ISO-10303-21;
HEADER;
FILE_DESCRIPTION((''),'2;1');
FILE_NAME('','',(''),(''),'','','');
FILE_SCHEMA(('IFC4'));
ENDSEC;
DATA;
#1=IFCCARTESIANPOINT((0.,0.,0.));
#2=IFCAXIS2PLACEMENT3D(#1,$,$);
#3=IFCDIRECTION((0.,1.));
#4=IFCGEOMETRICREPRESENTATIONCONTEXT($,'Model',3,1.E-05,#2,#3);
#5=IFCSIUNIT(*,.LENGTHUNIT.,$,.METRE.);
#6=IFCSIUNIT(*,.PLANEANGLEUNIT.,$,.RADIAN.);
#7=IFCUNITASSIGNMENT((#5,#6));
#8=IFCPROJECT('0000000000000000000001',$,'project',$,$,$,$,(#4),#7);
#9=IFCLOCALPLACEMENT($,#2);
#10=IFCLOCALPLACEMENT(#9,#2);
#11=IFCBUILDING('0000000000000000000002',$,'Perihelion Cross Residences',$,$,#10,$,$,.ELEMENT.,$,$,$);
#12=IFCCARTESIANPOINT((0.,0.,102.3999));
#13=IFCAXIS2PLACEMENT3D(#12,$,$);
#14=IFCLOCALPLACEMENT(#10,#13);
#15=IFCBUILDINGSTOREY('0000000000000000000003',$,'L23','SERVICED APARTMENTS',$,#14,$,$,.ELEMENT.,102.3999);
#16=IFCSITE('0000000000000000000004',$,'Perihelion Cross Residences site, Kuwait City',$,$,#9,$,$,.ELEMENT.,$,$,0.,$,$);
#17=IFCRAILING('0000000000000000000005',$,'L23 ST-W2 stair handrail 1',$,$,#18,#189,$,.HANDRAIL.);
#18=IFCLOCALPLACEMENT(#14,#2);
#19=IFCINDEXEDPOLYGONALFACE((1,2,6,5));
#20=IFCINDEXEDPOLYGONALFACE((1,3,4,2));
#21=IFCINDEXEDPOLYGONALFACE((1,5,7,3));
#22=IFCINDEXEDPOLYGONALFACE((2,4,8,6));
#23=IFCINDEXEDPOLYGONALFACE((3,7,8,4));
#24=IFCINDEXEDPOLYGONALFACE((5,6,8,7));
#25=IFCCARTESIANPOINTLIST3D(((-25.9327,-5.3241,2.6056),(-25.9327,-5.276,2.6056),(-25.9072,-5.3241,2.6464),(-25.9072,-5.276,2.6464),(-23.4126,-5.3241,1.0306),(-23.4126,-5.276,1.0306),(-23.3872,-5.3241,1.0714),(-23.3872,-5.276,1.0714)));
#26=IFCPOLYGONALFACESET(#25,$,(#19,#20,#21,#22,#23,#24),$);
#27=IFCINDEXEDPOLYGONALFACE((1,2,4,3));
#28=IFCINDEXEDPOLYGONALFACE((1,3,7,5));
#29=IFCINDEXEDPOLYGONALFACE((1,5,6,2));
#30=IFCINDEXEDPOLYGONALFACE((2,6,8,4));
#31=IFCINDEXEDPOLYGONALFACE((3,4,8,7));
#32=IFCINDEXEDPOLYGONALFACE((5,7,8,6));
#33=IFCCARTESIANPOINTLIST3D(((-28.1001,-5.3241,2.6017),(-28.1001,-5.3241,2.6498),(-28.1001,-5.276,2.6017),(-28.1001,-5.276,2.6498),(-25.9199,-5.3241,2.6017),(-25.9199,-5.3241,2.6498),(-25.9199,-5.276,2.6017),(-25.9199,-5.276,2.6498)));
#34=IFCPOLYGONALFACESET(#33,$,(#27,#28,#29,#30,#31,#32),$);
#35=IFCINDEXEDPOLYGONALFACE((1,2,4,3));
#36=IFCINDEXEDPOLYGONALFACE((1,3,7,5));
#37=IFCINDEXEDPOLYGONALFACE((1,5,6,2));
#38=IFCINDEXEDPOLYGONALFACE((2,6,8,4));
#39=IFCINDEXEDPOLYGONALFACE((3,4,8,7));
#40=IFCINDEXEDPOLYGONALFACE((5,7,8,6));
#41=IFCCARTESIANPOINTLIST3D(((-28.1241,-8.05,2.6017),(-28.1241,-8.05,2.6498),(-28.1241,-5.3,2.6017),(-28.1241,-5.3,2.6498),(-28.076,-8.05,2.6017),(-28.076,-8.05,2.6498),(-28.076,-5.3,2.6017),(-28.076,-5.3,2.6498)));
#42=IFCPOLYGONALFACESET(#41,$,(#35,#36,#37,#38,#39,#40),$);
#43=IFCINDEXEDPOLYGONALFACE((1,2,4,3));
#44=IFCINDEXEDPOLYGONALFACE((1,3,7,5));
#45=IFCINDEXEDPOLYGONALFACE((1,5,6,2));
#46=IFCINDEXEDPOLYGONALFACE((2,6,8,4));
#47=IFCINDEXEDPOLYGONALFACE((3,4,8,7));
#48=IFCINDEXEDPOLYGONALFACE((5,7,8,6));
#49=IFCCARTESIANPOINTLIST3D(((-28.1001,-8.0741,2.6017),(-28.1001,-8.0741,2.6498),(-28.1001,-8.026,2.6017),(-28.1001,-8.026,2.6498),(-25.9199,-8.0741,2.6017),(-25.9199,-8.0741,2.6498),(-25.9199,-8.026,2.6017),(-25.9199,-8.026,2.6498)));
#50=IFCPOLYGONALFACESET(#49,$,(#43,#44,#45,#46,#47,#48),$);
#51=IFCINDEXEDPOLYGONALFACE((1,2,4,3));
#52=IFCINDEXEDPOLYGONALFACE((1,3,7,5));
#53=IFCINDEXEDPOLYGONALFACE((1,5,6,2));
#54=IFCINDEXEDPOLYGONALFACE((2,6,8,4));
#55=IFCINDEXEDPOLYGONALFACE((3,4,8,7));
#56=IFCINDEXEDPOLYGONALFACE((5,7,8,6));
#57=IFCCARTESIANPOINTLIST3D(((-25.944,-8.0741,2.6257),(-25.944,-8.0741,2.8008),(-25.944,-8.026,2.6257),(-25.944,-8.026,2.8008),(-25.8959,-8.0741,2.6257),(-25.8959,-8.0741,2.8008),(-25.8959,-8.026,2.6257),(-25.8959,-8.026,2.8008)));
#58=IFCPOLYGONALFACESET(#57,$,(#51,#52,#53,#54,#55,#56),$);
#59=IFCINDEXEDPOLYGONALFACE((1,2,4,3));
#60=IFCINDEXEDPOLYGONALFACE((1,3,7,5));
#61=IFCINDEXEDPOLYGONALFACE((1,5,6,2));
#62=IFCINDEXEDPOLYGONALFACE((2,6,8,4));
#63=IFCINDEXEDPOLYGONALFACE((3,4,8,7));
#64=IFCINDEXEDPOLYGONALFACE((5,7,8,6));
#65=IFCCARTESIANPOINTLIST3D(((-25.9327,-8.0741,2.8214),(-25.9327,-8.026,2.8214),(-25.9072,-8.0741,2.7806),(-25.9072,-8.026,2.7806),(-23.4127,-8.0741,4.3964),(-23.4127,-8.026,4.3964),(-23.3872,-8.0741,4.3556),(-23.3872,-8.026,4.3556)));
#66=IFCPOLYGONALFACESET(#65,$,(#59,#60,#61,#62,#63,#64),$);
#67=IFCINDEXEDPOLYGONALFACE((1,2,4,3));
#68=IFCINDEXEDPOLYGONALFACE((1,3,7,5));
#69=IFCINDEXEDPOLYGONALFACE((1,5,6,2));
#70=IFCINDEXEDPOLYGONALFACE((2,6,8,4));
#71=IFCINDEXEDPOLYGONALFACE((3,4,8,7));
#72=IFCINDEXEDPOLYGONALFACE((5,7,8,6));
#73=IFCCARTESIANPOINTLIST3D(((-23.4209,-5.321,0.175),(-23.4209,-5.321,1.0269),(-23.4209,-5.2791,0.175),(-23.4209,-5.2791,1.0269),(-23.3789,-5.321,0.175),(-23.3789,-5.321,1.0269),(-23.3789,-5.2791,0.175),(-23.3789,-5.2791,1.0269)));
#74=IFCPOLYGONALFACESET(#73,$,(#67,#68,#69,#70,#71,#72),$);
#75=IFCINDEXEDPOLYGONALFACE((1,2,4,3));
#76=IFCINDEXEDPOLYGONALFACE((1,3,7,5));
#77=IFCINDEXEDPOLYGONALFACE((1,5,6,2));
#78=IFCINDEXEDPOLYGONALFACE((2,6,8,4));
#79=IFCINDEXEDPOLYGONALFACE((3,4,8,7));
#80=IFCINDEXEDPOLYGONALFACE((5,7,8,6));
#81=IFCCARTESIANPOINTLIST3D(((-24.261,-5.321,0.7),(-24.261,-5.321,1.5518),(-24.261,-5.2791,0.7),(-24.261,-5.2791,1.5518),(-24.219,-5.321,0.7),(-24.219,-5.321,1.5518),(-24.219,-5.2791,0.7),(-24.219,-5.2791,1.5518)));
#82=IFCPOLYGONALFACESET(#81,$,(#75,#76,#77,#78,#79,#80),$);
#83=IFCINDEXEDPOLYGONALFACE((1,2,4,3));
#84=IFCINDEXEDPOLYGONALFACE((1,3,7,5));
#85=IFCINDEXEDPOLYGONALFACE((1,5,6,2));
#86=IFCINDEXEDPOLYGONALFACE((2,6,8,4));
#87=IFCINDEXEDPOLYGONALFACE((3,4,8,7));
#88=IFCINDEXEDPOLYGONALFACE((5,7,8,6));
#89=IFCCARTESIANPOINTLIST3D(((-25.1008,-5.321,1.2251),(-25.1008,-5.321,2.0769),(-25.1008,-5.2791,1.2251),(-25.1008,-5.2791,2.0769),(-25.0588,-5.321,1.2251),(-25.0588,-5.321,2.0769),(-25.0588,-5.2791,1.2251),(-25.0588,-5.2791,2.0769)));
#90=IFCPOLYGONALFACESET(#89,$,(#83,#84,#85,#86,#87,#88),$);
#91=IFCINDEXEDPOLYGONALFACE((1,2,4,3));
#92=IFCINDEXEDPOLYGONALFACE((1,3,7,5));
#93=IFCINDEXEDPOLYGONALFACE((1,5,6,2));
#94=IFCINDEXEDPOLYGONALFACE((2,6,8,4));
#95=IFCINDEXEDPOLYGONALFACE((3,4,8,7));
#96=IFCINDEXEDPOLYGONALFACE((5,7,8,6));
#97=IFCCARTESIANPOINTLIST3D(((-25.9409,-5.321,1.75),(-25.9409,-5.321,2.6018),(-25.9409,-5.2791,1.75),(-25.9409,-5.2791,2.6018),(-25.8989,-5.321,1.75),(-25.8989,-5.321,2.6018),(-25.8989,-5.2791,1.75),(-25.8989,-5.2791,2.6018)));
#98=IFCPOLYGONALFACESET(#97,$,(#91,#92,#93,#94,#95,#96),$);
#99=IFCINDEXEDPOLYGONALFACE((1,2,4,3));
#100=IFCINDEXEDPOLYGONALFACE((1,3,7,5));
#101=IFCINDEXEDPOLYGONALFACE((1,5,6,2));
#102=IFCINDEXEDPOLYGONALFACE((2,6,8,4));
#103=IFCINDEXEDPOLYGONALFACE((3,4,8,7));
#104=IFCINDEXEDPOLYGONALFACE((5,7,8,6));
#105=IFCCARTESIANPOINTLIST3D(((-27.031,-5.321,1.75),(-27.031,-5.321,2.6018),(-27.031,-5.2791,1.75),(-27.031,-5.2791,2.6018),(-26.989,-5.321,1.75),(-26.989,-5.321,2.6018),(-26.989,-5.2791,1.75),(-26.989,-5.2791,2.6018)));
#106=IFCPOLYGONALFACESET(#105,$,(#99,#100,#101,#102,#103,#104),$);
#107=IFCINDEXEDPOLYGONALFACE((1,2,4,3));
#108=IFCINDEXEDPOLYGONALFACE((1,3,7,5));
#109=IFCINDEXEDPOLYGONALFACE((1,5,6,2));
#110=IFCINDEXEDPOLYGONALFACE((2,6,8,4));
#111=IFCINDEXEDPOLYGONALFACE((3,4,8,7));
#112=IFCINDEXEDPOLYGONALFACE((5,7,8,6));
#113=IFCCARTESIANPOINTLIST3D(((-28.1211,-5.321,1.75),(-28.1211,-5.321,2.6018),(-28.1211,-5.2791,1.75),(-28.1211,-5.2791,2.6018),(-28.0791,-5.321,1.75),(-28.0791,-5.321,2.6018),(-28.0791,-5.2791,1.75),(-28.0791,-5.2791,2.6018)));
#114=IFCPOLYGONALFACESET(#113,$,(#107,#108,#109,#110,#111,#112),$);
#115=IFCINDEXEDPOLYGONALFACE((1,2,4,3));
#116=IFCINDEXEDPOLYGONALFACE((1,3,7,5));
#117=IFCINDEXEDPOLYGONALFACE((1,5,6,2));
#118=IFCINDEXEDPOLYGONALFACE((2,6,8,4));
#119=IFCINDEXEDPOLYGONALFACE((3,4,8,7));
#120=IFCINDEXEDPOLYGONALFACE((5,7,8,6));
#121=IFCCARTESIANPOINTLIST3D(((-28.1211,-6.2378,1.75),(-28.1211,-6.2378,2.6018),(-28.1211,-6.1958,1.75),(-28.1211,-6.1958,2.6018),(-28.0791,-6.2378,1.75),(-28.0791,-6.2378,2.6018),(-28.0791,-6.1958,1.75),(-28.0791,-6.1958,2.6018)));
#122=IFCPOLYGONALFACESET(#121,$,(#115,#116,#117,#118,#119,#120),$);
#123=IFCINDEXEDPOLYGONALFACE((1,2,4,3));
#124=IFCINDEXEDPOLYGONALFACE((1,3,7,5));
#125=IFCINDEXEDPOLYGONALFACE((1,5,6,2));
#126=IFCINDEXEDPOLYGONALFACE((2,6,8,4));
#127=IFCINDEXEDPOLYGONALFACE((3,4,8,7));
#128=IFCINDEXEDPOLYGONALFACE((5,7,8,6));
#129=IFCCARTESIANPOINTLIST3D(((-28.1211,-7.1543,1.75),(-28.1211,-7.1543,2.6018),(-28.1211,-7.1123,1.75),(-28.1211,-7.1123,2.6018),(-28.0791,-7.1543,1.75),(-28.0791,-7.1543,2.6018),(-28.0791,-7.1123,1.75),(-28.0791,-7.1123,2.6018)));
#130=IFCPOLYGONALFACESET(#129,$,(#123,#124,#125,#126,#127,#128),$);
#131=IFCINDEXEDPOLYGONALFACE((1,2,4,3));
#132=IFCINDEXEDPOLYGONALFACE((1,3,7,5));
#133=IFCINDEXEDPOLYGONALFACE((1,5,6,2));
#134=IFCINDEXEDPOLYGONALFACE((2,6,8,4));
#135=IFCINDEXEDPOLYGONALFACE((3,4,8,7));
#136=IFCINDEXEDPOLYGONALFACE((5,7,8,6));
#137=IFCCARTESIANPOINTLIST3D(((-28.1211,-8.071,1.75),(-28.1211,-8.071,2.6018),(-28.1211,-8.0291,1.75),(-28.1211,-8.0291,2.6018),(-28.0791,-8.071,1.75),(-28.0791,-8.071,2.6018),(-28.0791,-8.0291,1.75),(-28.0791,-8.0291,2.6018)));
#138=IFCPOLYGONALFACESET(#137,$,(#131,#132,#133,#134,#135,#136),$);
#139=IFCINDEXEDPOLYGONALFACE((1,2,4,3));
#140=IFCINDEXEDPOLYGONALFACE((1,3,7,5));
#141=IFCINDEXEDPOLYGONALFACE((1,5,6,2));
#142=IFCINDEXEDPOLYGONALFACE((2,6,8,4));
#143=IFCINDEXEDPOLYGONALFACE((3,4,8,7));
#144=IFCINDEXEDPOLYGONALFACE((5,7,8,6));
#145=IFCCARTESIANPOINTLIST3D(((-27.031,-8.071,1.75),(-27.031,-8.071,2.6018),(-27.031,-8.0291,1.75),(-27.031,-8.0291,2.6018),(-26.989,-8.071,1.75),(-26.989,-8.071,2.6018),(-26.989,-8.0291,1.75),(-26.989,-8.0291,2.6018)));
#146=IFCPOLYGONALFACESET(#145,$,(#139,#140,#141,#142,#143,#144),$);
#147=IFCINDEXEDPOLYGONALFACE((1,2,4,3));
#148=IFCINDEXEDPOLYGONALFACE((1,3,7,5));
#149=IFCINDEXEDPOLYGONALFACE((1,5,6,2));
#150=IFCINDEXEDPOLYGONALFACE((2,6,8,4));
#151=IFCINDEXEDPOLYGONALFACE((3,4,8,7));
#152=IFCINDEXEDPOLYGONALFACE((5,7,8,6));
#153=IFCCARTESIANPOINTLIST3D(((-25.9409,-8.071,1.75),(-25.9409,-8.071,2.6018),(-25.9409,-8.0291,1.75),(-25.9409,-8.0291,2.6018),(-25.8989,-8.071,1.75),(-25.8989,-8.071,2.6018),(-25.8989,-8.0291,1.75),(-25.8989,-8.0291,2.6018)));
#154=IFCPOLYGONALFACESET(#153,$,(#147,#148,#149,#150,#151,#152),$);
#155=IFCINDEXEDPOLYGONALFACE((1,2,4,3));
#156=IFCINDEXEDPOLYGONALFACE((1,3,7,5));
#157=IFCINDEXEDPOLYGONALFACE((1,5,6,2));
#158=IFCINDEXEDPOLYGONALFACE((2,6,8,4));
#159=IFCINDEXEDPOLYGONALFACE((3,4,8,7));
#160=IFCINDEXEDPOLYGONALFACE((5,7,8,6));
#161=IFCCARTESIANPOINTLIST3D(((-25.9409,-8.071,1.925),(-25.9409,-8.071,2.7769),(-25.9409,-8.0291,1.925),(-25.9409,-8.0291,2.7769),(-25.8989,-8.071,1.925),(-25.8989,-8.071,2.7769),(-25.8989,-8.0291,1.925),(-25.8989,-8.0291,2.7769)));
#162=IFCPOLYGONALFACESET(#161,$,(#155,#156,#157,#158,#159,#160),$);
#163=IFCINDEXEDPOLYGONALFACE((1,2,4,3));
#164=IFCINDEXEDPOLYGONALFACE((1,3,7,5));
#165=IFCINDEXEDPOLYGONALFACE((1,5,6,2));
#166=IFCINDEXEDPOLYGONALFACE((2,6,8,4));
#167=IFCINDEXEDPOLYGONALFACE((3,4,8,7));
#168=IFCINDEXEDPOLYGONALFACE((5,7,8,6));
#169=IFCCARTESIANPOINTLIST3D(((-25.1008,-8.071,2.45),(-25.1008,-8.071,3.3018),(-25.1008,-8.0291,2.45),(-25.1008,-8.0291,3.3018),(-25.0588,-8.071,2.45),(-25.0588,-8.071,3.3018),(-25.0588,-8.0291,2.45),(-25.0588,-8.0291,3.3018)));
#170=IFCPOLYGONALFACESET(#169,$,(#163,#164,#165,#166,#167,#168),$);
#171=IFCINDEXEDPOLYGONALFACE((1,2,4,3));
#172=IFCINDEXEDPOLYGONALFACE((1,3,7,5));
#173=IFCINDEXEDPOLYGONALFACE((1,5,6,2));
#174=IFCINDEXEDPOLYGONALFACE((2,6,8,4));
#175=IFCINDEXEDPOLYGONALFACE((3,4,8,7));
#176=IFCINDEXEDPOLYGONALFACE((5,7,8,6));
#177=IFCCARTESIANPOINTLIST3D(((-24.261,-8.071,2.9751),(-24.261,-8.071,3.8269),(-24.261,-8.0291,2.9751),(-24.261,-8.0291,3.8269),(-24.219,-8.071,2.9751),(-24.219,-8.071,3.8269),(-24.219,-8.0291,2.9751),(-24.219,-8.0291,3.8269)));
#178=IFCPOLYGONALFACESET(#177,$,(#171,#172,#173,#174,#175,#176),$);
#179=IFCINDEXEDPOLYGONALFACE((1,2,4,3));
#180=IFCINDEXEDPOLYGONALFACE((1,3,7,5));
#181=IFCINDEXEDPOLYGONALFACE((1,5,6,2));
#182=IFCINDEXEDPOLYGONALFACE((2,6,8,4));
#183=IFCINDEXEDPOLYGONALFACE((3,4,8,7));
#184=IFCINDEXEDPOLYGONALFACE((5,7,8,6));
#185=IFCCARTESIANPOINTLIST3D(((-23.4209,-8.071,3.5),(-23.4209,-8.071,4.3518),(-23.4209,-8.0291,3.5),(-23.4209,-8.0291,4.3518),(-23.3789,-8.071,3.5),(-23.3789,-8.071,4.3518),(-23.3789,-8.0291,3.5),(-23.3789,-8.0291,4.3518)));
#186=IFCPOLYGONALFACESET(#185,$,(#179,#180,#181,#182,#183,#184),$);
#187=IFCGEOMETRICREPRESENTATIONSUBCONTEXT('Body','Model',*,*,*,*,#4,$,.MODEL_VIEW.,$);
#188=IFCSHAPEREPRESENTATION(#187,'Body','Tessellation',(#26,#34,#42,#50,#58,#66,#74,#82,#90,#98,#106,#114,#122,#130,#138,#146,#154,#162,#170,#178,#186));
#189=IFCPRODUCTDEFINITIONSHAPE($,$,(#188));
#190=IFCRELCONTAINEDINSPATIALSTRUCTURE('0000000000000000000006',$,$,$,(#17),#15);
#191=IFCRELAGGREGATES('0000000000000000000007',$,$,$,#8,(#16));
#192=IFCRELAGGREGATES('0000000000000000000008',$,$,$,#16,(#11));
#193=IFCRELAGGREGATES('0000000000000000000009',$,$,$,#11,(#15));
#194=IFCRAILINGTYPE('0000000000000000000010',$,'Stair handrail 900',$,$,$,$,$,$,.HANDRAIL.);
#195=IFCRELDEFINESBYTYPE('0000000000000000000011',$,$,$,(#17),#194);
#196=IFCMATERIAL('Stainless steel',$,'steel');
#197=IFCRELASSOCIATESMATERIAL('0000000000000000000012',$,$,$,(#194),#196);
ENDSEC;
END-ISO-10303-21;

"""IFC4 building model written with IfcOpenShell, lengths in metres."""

from ifc_helpers import new_model, si_unit, direction, frame, origin, origin_2d, place, context, subcontext, project, spatial, rectangle, extrude, material, type_object, element, save


model = new_model("IFC4")

# Units and contexts
model_context = context("Model", 3, precision=1e-05, world=origin(), true_north=direction((0.0, 1.0)))
body_context = subcontext(model_context, "Body", "Model", "MODEL_VIEW")
ifc_project = project(units=[si_unit("LENGTHUNIT", "METRE"), si_unit("PLANEANGLEUNIT", "RADIAN")], contexts=[model_context])

# Site, building, storey
site_placement = place(None, origin())
site = spatial("IfcSite", under=ifc_project, at=site_placement, Name="Perihelion Cross Residences site, Kuwait City", CompositionType="ELEMENT", RefElevation=0.0)
building_placement = place(site_placement, origin())
building = spatial("IfcBuilding", under=site, at=building_placement, Name="Perihelion Cross Residences", CompositionType="ELEMENT")
storey_placement = place(building_placement, frame((0.0, 0.0, 102.3999)))
storey = spatial("IfcBuildingStorey", under=building, at=storey_placement, Name="L23", Description="SERVICED APARTMENTS", CompositionType="ELEMENT", Elevation=102.3999)

# Railing
ifc_material_1 = material(Name="Stainless steel", Category="steel")
railing_type_1 = type_object("IfcRailingType", Name="Stair handrail 900", PredefinedType="HANDRAIL", material=ifc_material_1)
railing_1_placement = place(storey_placement, frame((-23.3999, -5.3, 0.175)))
element("IfcRailing", 1, at=railing_1_placement, inside=storey, type_object=railing_type_1, Name="L23 ST-W2 stair handrail 1", PredefinedType="HANDRAIL", context=body_context, shape_type="SweptSolid", body=[
    extrude(rectangle(XDim=0.0481, YDim=0.0481, at=origin_2d()), frame((0.0, 0.0, 0.876), z_axis=(-0.848008, 0.0, 0.529984), x_axis=(0.0, -1.0, 0.0)), (0.0, 0.0, 1.0), 2.9717),
    extrude(rectangle(XDim=0.0481, YDim=0.0481, at=origin_2d()), frame((-2.52, 0.0, 2.4507), z_axis=(-1.0, 0.0, 0.0), x_axis=(0.0, -1.0, 0.0)), (0.0, 0.0, 1.0), 2.1802),
    extrude(rectangle(XDim=0.0481, YDim=0.0481, at=origin_2d()), frame((-4.7002, 0.0, 2.4507), z_axis=(0.0, -1.0, 0.0), x_axis=(1.0, 0.0, 0.0)), (0.0, 0.0, 1.0), 2.75),
    extrude(rectangle(XDim=0.0481, YDim=0.0481, at=origin_2d()), frame((-4.7002, -2.75, 2.4507), z_axis=(1.0, 0.0, 0.0), x_axis=(0.0, 1.0, 0.0)), (0.0, 0.0, 1.0), 2.1802),
    extrude(rectangle(XDim=0.0481, YDim=0.0481, at=origin_2d()), frame((-2.52, -2.75, 2.4507), z_axis=(0.0, 0.0, 1.0), x_axis=(1.0, 0.0, 0.0)), (0.0, 0.0, 1.0), 0.175),
    extrude(rectangle(XDim=0.0481, YDim=0.0481, at=origin_2d()), frame((-2.52, -2.75, 2.626), z_axis=(0.848008, 0.0, 0.529984), x_axis=(0.0, 1.0, 0.0)), (0.0, 0.0, 1.0), 2.9717),
    extrude(rectangle(XDim=0.042, YDim=0.042, at=origin_2d()), origin(), (0.0, 0.0, 1.0), 0.8518),
    extrude(rectangle(XDim=0.042, YDim=0.042, at=origin_2d()), frame((-0.8401, 0.0, 0.5249)), (0.0, 0.0, 1.0), 0.8518),
    extrude(rectangle(XDim=0.042, YDim=0.042, at=origin_2d()), frame((-1.6799, 0.0, 1.05)), (0.0, 0.0, 1.0), 0.8518),
    extrude(rectangle(XDim=0.042, YDim=0.042, at=origin_2d()), frame((-2.52, 0.0, 1.575)), (0.0, 0.0, 1.0), 0.8518),
    extrude(rectangle(XDim=0.042, YDim=0.042, at=origin_2d()), frame((-3.6101, 0.0, 1.575)), (0.0, 0.0, 1.0), 0.8518),
    extrude(rectangle(XDim=0.042, YDim=0.042, at=origin_2d()), frame((-4.7002, 0.0, 1.575)), (0.0, 0.0, 1.0), 0.8518),
    extrude(rectangle(XDim=0.042, YDim=0.042, at=origin_2d()), frame((-4.7002, -0.9167, 1.575)), (0.0, 0.0, 1.0), 0.8518),
    extrude(rectangle(XDim=0.042, YDim=0.042, at=origin_2d()), frame((-4.7002, -1.8333, 1.575)), (0.0, 0.0, 1.0), 0.8518),
    extrude(rectangle(XDim=0.042, YDim=0.042, at=origin_2d()), frame((-4.7002, -2.75, 1.575)), (0.0, 0.0, 1.0), 0.8518),
    extrude(rectangle(XDim=0.042, YDim=0.042, at=origin_2d()), frame((-3.6101, -2.75, 1.575)), (0.0, 0.0, 1.0), 0.8518),
    extrude(rectangle(XDim=0.042, YDim=0.042, at=origin_2d()), frame((-2.52, -2.75, 1.575)), (0.0, 0.0, 1.0), 0.8518),
    extrude(rectangle(XDim=0.042, YDim=0.042, at=origin_2d()), frame((-2.52, -2.75, 1.75)), (0.0, 0.0, 1.0), 0.8518),
    extrude(rectangle(XDim=0.042, YDim=0.042, at=origin_2d()), frame((-1.6799, -2.75, 2.2749)), (0.0, 0.0, 1.0), 0.8518),
    extrude(rectangle(XDim=0.042, YDim=0.042, at=origin_2d()), frame((-0.8401, -2.75, 2.8)), (0.0, 0.0, 1.0), 0.8518),
    extrude(rectangle(XDim=0.042, YDim=0.042, at=origin_2d()), frame((0.0, -2.75, 3.325)), (0.0, 0.0, 1.0), 0.8518),
])

save(model, "model.ifc")
